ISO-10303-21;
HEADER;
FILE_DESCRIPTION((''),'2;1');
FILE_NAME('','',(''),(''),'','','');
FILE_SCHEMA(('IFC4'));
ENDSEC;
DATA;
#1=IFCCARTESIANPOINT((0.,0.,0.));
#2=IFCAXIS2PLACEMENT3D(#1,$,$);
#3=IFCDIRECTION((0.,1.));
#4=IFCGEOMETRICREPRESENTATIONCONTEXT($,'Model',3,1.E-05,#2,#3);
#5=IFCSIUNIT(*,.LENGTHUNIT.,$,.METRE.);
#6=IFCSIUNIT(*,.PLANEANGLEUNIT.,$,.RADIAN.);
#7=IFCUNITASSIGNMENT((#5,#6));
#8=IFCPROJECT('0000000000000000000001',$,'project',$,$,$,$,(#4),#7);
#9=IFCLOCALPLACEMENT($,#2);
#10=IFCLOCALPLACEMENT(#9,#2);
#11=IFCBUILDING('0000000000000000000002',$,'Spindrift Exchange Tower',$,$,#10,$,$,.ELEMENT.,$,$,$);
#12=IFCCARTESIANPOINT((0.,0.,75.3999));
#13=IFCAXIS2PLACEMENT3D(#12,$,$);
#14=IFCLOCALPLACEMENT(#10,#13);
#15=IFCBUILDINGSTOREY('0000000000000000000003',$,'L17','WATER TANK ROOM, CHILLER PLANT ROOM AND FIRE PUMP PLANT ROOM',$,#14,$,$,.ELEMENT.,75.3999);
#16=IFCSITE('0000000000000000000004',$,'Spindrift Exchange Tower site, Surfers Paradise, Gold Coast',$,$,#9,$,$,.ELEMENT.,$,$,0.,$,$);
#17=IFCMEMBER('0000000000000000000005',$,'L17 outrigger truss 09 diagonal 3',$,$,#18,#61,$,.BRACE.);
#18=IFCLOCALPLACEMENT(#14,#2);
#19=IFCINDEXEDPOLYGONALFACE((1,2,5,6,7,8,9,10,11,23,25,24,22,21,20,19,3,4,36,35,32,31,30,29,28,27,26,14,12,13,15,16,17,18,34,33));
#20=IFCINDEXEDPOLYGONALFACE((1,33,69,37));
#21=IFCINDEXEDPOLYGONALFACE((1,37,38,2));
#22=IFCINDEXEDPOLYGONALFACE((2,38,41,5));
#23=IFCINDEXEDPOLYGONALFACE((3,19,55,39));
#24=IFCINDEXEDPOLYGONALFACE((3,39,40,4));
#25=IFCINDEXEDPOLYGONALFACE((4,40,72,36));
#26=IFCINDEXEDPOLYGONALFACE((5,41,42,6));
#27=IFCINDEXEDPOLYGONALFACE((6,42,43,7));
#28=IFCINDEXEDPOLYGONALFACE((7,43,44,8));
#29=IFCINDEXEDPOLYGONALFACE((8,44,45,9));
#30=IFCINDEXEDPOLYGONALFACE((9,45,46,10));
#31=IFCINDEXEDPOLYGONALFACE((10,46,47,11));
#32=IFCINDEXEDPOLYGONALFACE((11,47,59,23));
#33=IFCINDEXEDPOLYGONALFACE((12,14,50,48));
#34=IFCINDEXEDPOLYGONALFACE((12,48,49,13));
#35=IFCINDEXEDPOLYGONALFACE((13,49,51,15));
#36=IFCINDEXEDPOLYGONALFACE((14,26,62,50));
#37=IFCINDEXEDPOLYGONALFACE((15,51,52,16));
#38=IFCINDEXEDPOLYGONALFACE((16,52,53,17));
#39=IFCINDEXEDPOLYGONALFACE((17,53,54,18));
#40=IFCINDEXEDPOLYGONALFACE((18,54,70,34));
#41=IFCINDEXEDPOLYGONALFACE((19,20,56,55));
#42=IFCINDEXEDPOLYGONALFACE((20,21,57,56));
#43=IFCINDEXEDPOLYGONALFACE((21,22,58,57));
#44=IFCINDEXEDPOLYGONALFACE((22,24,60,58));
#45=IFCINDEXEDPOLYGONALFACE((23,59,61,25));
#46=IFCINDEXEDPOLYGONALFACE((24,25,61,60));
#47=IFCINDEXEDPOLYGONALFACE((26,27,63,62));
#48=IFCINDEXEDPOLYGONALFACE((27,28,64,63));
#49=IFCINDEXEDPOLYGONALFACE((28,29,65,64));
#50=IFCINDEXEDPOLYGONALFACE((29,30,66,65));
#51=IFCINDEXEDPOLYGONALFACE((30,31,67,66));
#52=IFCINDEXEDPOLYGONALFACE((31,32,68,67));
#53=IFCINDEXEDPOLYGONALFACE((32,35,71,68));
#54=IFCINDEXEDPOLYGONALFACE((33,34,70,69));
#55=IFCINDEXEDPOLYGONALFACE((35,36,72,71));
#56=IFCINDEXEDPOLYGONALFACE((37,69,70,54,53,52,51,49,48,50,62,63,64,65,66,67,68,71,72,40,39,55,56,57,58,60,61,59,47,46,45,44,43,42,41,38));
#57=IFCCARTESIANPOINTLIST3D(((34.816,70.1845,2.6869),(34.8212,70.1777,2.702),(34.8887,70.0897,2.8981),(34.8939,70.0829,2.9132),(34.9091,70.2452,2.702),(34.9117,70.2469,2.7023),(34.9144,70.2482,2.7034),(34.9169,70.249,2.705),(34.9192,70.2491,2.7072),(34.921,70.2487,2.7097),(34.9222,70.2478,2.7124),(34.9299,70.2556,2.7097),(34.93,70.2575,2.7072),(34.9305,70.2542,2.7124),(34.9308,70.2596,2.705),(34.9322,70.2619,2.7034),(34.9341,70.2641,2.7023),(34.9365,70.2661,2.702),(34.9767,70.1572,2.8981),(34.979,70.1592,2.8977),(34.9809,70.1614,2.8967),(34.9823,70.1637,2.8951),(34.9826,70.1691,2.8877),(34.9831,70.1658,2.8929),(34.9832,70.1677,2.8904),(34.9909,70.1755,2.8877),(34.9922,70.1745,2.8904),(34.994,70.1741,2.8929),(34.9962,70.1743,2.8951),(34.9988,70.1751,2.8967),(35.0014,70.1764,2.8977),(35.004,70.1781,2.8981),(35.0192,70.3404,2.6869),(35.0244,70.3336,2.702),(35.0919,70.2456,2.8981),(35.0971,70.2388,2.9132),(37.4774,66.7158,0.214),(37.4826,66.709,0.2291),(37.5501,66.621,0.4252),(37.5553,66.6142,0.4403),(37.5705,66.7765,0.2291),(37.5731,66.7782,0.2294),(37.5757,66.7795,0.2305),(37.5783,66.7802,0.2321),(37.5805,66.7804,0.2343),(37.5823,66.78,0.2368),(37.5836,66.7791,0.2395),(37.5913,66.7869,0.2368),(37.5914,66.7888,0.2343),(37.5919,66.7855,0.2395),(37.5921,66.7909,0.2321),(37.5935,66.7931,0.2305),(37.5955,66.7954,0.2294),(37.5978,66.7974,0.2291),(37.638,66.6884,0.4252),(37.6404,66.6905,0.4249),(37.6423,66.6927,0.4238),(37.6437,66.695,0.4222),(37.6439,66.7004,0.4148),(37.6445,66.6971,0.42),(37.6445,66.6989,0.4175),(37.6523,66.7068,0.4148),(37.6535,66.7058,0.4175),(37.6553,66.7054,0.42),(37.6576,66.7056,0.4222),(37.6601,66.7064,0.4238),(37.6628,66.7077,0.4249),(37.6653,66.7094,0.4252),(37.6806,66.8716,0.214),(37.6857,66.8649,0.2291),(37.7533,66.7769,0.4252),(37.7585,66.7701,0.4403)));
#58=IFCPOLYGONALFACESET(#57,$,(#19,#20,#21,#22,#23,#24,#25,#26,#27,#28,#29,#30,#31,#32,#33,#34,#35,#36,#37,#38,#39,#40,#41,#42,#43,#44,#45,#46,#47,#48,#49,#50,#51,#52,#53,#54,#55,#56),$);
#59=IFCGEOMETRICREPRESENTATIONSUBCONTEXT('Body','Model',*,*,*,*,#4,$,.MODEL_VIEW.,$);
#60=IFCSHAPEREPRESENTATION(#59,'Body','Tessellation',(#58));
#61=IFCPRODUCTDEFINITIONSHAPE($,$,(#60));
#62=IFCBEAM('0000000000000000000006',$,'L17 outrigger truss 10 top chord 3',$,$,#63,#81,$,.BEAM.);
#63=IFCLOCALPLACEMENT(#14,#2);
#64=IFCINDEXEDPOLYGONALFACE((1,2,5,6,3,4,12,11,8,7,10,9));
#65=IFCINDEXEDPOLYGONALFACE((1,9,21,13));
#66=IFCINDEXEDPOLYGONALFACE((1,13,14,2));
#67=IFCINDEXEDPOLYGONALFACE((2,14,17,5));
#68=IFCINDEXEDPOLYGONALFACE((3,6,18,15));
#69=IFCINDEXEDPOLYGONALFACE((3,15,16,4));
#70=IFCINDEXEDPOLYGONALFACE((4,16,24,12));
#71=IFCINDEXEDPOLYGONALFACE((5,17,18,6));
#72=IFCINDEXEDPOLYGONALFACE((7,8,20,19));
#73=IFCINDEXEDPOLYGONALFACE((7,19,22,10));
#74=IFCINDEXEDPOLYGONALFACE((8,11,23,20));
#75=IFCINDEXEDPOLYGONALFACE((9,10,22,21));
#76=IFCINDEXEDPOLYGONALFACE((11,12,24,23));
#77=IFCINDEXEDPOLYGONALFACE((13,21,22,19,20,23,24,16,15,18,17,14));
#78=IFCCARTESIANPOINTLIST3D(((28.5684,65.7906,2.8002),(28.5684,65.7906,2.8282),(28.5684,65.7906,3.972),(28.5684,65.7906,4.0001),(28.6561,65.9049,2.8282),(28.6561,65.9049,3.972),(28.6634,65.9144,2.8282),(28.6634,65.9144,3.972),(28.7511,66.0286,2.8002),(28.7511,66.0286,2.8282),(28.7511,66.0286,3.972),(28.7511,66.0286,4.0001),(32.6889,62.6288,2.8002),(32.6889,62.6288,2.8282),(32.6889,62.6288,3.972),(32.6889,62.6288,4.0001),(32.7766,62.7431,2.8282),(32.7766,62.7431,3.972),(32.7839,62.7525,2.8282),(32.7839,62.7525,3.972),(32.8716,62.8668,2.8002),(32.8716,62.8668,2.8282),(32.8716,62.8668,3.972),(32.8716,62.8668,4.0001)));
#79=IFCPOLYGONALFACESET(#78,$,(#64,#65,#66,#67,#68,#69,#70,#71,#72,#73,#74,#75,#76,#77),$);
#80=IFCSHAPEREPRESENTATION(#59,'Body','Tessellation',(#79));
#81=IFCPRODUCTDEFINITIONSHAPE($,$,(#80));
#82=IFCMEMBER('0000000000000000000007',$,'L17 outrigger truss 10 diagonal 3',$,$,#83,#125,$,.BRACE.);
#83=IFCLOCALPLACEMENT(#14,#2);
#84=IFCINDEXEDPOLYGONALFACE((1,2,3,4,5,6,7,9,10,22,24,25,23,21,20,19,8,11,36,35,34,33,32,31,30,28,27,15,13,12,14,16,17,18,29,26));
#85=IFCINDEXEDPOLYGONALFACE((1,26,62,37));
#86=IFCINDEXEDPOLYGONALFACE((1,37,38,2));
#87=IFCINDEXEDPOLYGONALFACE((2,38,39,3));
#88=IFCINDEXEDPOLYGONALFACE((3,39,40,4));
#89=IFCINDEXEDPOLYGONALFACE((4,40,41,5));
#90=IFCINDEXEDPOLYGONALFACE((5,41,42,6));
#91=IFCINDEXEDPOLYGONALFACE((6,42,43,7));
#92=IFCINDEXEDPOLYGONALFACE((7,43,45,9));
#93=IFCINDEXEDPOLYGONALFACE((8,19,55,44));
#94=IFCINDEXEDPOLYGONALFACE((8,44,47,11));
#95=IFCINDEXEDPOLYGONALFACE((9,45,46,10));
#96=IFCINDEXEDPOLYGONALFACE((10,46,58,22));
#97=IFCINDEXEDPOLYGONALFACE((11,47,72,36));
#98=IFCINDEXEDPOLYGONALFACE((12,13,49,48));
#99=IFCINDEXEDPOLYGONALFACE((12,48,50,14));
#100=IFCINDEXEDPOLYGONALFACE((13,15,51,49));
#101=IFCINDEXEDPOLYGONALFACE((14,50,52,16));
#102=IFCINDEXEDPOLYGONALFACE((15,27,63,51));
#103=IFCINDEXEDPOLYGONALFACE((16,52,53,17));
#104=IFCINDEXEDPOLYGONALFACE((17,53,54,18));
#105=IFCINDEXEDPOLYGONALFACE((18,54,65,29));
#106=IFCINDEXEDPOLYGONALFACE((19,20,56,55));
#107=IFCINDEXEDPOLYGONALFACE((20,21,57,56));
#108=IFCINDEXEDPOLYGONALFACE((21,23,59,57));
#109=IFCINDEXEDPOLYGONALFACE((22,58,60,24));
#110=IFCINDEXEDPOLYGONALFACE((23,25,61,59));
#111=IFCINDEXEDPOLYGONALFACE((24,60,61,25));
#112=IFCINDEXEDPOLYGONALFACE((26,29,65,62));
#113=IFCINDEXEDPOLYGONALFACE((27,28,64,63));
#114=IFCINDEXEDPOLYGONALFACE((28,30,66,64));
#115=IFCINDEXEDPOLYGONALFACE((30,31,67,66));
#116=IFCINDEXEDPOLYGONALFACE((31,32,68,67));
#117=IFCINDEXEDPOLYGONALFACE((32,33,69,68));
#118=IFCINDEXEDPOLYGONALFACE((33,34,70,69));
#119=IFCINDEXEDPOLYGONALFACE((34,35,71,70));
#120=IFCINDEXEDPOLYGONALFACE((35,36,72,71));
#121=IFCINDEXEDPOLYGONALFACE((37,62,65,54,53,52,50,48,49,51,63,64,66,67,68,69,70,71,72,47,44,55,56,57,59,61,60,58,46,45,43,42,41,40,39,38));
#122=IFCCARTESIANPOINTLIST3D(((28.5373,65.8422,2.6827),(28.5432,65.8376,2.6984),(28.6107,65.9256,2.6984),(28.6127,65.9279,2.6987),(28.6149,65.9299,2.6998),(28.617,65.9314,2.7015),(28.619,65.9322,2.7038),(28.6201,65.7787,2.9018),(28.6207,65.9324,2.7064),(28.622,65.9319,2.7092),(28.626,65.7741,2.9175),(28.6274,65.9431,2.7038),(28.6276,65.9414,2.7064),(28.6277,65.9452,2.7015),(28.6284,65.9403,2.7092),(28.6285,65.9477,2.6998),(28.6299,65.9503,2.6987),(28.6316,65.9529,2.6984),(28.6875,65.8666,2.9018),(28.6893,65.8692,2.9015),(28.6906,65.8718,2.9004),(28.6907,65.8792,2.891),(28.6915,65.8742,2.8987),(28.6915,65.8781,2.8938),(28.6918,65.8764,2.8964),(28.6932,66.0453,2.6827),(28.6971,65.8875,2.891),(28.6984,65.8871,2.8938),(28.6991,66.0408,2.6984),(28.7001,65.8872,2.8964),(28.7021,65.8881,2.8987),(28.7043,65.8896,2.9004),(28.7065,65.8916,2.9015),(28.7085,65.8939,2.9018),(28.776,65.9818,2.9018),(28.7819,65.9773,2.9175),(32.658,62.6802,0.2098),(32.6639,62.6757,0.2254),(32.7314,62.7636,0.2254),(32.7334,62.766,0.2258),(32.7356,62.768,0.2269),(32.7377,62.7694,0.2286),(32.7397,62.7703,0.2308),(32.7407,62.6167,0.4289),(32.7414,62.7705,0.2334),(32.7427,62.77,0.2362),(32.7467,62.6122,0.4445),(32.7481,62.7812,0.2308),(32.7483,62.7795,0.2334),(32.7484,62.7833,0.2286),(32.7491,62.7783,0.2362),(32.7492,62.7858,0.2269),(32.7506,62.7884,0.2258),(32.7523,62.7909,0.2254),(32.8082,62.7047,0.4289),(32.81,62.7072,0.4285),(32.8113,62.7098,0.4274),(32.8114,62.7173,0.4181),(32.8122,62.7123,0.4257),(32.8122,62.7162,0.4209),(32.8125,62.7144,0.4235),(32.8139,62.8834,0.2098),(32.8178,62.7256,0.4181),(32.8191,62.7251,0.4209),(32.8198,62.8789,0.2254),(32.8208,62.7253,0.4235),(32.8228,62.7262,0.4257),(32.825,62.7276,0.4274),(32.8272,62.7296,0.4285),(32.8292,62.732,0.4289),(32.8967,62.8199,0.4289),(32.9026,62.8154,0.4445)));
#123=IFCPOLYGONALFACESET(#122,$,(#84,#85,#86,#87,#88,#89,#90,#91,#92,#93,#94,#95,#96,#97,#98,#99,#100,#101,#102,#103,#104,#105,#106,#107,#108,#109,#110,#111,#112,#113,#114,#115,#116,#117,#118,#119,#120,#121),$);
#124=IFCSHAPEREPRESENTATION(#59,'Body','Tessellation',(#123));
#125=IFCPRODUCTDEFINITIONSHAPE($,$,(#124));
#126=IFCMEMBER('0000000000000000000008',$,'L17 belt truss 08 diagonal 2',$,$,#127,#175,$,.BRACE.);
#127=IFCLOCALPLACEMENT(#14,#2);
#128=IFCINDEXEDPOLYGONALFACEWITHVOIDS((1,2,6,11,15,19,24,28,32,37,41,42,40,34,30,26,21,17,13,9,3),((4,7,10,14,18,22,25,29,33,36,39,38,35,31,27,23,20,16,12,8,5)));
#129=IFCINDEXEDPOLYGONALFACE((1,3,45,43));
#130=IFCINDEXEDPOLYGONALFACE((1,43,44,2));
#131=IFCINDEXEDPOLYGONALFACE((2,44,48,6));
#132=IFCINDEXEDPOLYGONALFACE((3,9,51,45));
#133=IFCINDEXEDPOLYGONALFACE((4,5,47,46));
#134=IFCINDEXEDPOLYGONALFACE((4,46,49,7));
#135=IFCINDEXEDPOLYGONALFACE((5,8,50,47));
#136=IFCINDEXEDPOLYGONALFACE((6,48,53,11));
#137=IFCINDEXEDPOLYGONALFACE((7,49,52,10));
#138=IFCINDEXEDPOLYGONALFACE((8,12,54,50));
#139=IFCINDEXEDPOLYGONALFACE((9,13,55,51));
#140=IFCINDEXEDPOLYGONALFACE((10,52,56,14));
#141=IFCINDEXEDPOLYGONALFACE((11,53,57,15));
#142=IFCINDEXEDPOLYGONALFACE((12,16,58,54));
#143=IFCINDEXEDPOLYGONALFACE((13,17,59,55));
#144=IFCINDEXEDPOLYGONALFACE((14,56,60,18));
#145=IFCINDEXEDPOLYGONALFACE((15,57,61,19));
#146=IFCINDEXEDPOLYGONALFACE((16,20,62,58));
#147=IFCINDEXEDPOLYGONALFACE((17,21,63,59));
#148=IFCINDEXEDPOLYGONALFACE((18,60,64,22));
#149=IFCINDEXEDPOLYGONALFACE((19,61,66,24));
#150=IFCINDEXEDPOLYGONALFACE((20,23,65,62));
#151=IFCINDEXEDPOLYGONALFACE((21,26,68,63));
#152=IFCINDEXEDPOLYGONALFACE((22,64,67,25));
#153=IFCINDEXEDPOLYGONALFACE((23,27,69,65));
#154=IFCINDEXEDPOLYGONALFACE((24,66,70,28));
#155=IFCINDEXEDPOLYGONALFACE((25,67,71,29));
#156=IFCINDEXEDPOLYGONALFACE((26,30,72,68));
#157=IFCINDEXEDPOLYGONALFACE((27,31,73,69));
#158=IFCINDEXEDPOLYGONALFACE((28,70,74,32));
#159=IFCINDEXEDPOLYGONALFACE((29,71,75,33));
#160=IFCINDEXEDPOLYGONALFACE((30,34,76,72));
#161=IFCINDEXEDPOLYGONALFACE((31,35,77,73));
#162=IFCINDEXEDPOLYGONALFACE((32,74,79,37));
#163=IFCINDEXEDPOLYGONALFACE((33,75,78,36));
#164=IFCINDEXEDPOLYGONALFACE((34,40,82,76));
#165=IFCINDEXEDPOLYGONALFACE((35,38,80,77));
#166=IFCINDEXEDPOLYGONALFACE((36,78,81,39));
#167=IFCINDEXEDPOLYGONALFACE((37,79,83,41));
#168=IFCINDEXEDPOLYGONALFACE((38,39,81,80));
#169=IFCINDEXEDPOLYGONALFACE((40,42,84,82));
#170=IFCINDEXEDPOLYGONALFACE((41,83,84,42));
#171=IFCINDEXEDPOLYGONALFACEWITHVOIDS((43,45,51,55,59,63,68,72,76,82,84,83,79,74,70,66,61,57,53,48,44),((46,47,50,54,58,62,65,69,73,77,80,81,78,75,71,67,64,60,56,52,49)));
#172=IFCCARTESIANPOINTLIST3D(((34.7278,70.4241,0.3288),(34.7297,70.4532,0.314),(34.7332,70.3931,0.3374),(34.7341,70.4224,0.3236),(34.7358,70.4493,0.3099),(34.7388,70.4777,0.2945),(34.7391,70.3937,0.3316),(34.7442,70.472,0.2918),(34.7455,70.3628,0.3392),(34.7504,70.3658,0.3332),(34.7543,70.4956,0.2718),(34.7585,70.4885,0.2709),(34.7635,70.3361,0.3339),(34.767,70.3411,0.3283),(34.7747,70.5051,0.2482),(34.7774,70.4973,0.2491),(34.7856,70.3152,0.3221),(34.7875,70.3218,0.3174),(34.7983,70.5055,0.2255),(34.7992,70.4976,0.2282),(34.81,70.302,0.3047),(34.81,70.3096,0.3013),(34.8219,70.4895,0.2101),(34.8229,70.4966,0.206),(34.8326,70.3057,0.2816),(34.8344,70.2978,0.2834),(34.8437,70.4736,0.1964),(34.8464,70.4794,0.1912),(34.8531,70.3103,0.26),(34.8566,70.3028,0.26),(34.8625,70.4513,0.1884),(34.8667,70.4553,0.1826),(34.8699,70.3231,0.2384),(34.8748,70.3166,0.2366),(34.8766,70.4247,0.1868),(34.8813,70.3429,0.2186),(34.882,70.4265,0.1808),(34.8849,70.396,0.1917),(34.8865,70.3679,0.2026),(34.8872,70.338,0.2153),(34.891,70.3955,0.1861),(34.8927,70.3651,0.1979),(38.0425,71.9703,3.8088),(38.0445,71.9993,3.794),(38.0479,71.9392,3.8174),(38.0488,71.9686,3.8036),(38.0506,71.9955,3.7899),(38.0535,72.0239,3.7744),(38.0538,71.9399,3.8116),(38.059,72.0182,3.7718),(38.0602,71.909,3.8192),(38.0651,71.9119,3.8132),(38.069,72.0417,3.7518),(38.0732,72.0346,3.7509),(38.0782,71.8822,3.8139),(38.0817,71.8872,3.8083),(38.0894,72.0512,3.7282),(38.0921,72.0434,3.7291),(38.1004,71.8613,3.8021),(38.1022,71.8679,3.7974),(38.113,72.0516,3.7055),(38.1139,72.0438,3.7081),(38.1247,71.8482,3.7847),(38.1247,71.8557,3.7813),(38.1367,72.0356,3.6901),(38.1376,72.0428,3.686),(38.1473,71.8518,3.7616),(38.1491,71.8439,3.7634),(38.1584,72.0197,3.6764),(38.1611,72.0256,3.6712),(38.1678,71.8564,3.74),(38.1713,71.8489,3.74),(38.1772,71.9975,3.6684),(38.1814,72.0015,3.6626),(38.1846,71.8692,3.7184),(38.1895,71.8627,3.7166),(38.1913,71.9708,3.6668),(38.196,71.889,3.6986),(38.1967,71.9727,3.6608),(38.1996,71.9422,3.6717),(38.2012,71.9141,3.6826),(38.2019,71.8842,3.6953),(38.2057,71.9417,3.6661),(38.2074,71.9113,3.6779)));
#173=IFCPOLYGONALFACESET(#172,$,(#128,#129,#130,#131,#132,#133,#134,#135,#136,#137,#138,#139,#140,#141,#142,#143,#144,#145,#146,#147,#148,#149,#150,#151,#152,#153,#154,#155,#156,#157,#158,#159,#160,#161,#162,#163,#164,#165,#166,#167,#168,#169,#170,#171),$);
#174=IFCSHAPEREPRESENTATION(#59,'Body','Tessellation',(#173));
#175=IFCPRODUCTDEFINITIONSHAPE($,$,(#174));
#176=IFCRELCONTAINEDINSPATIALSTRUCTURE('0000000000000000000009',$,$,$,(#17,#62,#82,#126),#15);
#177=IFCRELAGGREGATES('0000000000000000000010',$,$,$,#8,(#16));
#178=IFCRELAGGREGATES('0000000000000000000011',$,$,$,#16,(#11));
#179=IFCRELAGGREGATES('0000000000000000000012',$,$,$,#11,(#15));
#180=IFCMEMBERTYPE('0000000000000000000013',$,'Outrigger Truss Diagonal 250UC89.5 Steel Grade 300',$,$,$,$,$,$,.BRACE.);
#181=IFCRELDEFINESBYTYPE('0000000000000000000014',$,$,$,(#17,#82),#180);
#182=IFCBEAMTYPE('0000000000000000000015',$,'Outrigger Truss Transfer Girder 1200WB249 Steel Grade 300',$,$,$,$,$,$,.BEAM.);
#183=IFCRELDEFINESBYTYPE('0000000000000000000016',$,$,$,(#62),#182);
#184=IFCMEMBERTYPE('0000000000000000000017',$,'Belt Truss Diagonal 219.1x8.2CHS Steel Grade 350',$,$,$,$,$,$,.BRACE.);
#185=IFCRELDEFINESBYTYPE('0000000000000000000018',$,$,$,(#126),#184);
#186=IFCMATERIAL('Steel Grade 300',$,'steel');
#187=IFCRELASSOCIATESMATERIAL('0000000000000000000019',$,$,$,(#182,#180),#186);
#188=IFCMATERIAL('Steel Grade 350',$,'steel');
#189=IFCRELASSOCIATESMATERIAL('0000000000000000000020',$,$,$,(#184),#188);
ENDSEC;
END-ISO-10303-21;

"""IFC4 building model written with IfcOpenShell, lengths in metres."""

from ifc_helpers import new_model, si_unit, direction, frame, origin, origin_2d, place, context, subcontext, project, spatial, hollow_circle, i_section, extrude, source, transform, mapped, material, material_profile, profile_set, type_object, element, save


model = new_model("IFC4")

# Units and contexts
model_context = context("Model", 3, precision=1e-05, world=origin(), true_north=direction((0.0, 1.0)))
body_context = subcontext(model_context, "Body", "Model", "MODEL_VIEW")
ifc_project = project(units=[si_unit("LENGTHUNIT", "METRE"), si_unit("PLANEANGLEUNIT", "RADIAN")], contexts=[model_context])

# Site, building, storey
site_placement = place(None, origin())
site = spatial("IfcSite", under=ifc_project, at=site_placement, Name="Spindrift Exchange Tower site, Surfers Paradise, Gold Coast", CompositionType="ELEMENT", RefElevation=0.0)
building_placement = place(site_placement, origin())
building = spatial("IfcBuilding", under=site, at=building_placement, Name="Spindrift Exchange Tower", CompositionType="ELEMENT")
storey_placement = place(building_placement, frame((0.0, 0.0, 75.3999)))
storey = spatial("IfcBuildingStorey", under=building, at=storey_placement, Name="L17", Description="WATER TANK ROOM, CHILLER PLANT ROOM AND FIRE PUMP PLANT ROOM", CompositionType="ELEMENT", Elevation=75.3999)

# Shared definitions
ifc_material_1 = material(Name="Steel Grade 300", Category="steel")

# Shared definitions
ifc_material_profile_1 = material_profile(ifc_material_1, i_section(OverallWidth=0.3, OverallDepth=1.2, WebThickness=0.012, FlangeThickness=0.0281, at=origin_2d()), Name="1200WB249")
ifc_profile_set_1 = profile_set([ifc_material_profile_1], Name="Steel Grade 300")
beam_type_1 = type_object("IfcBeamType", Name="Outrigger Truss Transfer Girder 1200WB249 Steel Grade 300", PredefinedType="BEAM", material=ifc_profile_set_1)

# Member
ifc_material_profile_2 = material_profile(ifc_material_1, i_section(OverallWidth=0.2561, OverallDepth=0.26, WebThickness=0.0105, FlangeThickness=0.0173, FilletRadius=0.012, at=origin_2d()), Name="250UC89.5")
ifc_profile_set_2 = profile_set([ifc_material_profile_2], Name="Steel Grade 300")
member_type_1 = type_object("IfcMemberType", Name="Outrigger Truss Diagonal 250UC89.5 Steel Grade 300", PredefinedType="BRACE", material=ifc_profile_set_2)
shared_shape_1 = source(origin(), body_context, "Body", "SweptSolid", [
    extrude(i_section(OverallWidth=0.2561, OverallDepth=0.26, WebThickness=0.0105, FlangeThickness=0.0173, FilletRadius=0.012, at=origin_2d()), origin(), (0.0, 0.0, 1.0), 5.0229),
])
member_1_placement = place(storey_placement, frame((37.6179, 66.7429, 0.3271), z_axis=(-0.52984, 0.690575, 0.492317), x_axis=(-0.793385, -0.60872, 0.0)))
element("IfcMember", 1, at=member_1_placement, inside=storey, type_object=member_type_1, Name="L17 outrigger truss 09 diagonal 3", PredefinedType="BRACE", context=body_context, shape_type="MappedRepresentation", body=[
    mapped(shared_shape_1, transform((0.0, 0.0, 0.0), scale=1.0)),
])

# Beam
shared_shape_2 = source(origin(), body_context, "Body", "SweptSolid", [
    extrude(i_section(OverallWidth=0.3, OverallDepth=1.2, WebThickness=0.012, FlangeThickness=0.0281, at=origin_2d()), origin(), (0.0, 0.0, 1.0), 5.1938),
])
beam_1_placement = place(storey_placement, frame((32.7803, 62.7478, 3.4001), z_axis=(-0.793352, 0.608763, 0.0), x_axis=(-0.608763, -0.793352, 0.0)))
element("IfcBeam", 2, at=beam_1_placement, inside=storey, type_object=beam_type_1, Name="L17 outrigger truss 10 top chord 3", PredefinedType="BEAM", context=body_context, shape_type="MappedRepresentation", body=[
    mapped(shared_shape_2, transform((0.0, 0.0, 0.0), scale=1.0)),
])

# Members
shared_shape_3 = source(origin(), body_context, "Body", "SweptSolid", [
    extrude(i_section(OverallWidth=0.2561, OverallDepth=0.26, WebThickness=0.0105, FlangeThickness=0.0173, FilletRadius=0.012, at=origin_2d()), origin(), (0.0, 0.0, 1.0), 5.7527),
])
member_2_placement = place(storey_placement, frame((32.7803, 62.7478, 0.3271), z_axis=(-0.716307, 0.549644, 0.429878), x_axis=(-0.608763, -0.793352, 0.0)))
element("IfcMember", 3, at=member_2_placement, inside=storey, type_object=member_type_1, Name="L17 outrigger truss 10 diagonal 3", PredefinedType="BRACE", context=body_context, shape_type="MappedRepresentation", body=[
    mapped(shared_shape_3, transform((0.0, 0.0, 0.0), scale=1.0)),
])
ifc_material_2 = material(Name="Steel Grade 350", Category="steel")
ifc_material_profile_3 = material_profile(ifc_material_2, hollow_circle(Radius=0.1096, WallThickness=0.0083, at=origin_2d()), Name="219.1x8.2CHS")
ifc_profile_set_3 = profile_set([ifc_material_profile_3], Name="Steel Grade 350")
member_type_2 = type_object("IfcMemberType", Name="Belt Truss Diagonal 219.1x8.2CHS Steel Grade 350", PredefinedType="BRACE", material=ifc_profile_set_3)
shared_shape_4 = source(origin(), body_context, "Body", "SweptSolid", [
    extrude(hollow_circle(Radius=0.1096, WallThickness=0.0083, at=origin_2d()), origin(), (0.0, 0.0, 1.0), 5.0486),
])
member_3_placement = place(storey_placement, frame((38.125, 71.9482, 3.74), z_axis=(-0.656562, -0.306254, -0.689301), x_axis=(0.422725, -0.906258, 0.0)))
element("IfcMember", 4, at=member_3_placement, inside=storey, type_object=member_type_2, Name="L17 belt truss 08 diagonal 2", PredefinedType="BRACE", context=body_context, shape_type="MappedRepresentation", body=[
    mapped(shared_shape_4, transform((0.0, 0.0, 0.0), scale=1.0)),
])

save(model, "model.ifc")
